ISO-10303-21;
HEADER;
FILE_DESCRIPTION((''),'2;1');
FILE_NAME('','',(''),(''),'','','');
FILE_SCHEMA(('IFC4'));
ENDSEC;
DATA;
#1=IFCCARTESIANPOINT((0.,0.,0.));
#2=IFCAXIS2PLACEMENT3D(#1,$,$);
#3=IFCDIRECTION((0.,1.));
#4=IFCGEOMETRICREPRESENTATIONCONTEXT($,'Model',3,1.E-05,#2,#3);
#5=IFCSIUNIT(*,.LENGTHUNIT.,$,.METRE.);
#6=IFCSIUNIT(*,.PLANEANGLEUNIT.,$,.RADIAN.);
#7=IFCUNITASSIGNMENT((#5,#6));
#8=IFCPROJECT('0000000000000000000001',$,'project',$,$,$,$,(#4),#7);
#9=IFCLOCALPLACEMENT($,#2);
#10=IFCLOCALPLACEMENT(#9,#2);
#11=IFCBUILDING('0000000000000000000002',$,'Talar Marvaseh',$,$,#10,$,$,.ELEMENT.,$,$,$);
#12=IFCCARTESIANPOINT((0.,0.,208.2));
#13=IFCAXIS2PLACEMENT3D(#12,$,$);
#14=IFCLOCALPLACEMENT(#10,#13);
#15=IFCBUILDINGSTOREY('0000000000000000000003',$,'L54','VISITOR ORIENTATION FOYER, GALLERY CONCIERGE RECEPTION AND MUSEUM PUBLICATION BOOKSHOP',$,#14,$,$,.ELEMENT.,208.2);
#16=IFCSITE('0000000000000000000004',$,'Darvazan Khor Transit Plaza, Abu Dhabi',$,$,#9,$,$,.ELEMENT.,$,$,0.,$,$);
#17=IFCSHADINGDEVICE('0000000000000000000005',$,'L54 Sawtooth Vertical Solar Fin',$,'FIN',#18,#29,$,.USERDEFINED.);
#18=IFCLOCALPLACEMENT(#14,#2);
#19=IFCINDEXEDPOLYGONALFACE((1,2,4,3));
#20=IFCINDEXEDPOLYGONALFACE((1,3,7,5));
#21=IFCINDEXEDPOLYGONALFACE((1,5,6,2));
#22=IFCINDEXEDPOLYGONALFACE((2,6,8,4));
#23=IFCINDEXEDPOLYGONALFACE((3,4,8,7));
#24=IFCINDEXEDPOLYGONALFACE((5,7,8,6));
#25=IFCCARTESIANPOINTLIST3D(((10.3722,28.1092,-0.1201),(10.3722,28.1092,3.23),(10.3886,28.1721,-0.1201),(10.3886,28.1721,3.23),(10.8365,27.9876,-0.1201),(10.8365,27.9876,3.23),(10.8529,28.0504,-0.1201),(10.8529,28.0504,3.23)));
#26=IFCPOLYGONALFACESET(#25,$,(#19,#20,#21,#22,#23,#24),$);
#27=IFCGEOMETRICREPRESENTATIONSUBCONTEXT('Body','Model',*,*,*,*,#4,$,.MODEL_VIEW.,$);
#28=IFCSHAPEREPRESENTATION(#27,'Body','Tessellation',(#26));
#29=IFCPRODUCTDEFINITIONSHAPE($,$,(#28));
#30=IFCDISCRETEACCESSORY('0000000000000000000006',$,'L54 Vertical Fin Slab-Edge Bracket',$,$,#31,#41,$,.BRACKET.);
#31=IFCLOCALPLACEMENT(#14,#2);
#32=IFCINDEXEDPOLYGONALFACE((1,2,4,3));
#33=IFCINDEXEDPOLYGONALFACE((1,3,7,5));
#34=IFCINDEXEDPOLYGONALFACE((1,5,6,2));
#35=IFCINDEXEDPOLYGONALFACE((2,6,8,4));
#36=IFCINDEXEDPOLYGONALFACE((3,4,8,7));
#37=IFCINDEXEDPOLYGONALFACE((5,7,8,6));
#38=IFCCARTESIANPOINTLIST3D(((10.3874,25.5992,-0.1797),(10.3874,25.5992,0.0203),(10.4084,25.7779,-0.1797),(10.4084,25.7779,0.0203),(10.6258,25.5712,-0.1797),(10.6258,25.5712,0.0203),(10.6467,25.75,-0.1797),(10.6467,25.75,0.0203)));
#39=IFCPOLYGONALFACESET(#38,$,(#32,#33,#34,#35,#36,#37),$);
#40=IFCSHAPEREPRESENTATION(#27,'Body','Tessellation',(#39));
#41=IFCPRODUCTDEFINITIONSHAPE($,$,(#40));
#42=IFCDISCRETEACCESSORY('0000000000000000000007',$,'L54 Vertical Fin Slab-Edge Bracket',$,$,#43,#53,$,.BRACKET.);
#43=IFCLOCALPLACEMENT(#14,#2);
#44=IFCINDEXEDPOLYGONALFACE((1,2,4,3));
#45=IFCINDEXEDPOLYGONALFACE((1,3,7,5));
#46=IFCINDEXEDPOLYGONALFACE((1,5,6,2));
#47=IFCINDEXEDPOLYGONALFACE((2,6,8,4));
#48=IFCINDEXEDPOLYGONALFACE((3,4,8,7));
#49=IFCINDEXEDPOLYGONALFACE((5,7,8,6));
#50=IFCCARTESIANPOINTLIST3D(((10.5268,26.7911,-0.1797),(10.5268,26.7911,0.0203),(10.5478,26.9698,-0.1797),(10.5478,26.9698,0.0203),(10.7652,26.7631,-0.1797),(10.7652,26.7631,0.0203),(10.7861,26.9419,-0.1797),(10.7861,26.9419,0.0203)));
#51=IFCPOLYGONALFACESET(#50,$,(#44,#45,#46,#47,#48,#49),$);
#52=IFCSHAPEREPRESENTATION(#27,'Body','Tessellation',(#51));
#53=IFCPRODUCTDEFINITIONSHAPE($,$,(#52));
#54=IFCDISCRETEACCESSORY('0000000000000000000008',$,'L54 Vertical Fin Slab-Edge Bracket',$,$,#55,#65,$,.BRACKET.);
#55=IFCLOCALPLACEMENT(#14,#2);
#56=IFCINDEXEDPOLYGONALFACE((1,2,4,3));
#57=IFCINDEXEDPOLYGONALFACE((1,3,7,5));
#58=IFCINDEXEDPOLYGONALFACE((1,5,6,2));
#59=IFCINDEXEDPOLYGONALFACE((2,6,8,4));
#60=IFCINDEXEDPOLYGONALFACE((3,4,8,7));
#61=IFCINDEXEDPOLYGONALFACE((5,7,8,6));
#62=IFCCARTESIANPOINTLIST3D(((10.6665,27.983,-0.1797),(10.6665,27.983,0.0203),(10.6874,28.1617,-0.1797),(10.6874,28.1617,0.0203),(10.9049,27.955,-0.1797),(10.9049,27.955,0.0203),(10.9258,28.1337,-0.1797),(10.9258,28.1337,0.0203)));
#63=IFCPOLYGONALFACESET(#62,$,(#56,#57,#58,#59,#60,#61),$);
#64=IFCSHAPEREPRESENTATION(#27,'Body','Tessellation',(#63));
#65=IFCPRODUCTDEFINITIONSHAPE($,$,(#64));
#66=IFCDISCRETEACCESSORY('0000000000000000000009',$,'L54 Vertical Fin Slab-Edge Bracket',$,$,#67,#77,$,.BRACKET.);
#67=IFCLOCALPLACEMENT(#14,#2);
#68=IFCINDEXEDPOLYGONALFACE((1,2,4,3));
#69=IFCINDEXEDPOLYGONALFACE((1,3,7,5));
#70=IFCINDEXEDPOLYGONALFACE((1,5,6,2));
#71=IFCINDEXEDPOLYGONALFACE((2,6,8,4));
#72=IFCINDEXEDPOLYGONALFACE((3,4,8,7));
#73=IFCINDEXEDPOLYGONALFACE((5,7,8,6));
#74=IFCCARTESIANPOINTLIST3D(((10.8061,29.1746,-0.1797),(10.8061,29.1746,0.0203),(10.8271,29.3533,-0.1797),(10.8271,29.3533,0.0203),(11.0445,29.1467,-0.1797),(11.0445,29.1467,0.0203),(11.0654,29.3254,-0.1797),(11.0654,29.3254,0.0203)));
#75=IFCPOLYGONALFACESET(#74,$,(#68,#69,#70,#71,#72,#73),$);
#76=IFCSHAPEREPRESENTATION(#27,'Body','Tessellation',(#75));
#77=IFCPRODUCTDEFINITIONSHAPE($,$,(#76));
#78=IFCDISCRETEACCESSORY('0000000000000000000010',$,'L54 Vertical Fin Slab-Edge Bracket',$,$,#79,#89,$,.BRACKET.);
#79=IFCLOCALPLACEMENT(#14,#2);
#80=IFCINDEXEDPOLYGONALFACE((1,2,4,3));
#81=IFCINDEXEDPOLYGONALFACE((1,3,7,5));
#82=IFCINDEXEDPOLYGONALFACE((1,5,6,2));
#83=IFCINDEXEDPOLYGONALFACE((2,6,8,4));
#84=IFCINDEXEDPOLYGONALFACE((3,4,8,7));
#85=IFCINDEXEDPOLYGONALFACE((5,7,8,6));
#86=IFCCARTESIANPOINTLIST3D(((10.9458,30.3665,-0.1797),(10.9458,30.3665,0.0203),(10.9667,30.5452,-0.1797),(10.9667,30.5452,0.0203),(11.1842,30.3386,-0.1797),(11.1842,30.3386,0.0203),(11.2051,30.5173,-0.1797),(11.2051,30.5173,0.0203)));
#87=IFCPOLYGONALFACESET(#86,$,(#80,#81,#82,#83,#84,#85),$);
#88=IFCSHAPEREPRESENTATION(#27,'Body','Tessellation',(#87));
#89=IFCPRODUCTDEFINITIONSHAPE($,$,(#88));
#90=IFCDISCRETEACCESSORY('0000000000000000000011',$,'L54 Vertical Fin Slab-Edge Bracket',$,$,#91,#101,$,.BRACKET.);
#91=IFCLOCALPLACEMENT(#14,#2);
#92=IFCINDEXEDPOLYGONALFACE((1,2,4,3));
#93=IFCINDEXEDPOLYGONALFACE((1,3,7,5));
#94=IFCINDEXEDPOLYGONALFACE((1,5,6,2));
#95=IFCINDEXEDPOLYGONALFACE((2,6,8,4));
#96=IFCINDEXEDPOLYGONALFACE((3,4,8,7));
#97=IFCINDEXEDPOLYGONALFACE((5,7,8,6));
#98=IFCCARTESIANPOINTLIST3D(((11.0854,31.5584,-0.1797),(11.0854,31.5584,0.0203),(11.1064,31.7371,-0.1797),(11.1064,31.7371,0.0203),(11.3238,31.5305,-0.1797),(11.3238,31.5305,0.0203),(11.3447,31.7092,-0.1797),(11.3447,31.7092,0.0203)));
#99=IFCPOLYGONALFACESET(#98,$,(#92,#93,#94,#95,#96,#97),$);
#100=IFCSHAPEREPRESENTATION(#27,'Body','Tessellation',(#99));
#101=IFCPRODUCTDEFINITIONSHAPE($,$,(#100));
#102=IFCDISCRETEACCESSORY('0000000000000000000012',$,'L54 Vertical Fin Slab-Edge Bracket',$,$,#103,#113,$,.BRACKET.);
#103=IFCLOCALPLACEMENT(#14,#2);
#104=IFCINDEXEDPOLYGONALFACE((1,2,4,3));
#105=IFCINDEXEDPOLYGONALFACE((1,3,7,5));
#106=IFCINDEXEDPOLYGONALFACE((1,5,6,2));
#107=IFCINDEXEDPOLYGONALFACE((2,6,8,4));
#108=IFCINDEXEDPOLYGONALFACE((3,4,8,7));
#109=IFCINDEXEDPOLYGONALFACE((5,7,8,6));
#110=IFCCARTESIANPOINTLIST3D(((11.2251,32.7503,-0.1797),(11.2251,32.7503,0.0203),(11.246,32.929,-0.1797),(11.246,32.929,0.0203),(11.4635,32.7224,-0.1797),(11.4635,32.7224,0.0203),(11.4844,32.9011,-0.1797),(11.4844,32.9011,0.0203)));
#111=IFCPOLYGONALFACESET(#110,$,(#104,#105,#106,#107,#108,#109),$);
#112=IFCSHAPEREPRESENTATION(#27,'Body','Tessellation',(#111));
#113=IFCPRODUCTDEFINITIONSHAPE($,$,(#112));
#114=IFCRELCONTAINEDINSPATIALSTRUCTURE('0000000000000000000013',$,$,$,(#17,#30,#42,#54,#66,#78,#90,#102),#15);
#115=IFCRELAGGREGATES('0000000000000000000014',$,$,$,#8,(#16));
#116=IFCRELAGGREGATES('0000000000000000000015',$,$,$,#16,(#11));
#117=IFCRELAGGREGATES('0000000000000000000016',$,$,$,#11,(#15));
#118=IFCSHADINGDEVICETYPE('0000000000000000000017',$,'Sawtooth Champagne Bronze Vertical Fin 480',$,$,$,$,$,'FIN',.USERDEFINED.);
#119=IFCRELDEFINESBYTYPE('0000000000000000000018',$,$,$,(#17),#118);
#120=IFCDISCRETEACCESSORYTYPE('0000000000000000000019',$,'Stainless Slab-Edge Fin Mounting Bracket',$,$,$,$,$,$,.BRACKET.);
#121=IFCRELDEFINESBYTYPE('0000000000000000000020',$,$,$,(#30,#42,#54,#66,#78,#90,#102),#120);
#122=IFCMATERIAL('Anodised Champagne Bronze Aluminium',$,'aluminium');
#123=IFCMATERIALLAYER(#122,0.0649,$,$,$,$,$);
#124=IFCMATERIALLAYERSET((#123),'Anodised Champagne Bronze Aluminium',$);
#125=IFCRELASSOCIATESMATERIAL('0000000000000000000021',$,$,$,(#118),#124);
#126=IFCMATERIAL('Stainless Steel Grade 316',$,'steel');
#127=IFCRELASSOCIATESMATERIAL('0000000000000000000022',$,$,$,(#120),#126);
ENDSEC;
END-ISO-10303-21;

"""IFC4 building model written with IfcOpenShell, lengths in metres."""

from ifc_helpers import new_model, si_unit, direction, frame, origin, origin_2d, place, context, subcontext, project, spatial, rectangle, extrude, source, transform, mapped, material, layer, layer_set, type_object, type_shapes, element, save


model = new_model("IFC4")

# Units and contexts
model_context = context("Model", 3, precision=1e-05, world=origin(), true_north=direction((0.0, 1.0)))
body_context = subcontext(model_context, "Body", "Model", "MODEL_VIEW")
ifc_project = project(units=[si_unit("LENGTHUNIT", "METRE"), si_unit("PLANEANGLEUNIT", "RADIAN")], contexts=[model_context])

# Site, building, storey
site_placement = place(None, origin())
site = spatial("IfcSite", under=ifc_project, at=site_placement, Name="Darvazan Khor Transit Plaza, Abu Dhabi", CompositionType="ELEMENT", RefElevation=0.0)
building_placement = place(site_placement, origin())
building = spatial("IfcBuilding", under=site, at=building_placement, Name="Talar Marvaseh", CompositionType="ELEMENT")
storey_placement = place(building_placement, frame((0.0, 0.0, 208.2)))
storey = spatial("IfcBuildingStorey", under=building, at=storey_placement, Name="L54", Description="VISITOR ORIENTATION FOYER, GALLERY CONCIERGE RECEPTION AND MUSEUM PUBLICATION BOOKSHOP", CompositionType="ELEMENT", Elevation=208.2)

# Shading device
ifc_material_1 = material(Name="Anodised Champagne Bronze Aluminium", Category="aluminium")
ifc_layer_1 = layer(ifc_material_1, 0.0649)
ifc_layer_set_1 = layer_set([ifc_layer_1], Name="Anodised Champagne Bronze Aluminium")
shading_device_type_1 = type_object("IfcShadingDeviceType", Name="Sawtooth Champagne Bronze Vertical Fin 480", ElementType="FIN", PredefinedType="USERDEFINED", material=ifc_layer_set_1)
shared_shape_1 = source(origin(), body_context, "Body", "SweptSolid", [
    extrude(rectangle(XDim=0.48, YDim=0.0649, at=origin_2d()), origin(), (0.0, 0.0, 1.0), 3.3501),
])
type_shapes(shading_device_type_1, [shared_shape_1])
for number, where, z_axis, x_axis, name in (
    (1, (10.6125, 28.0798, -0.1201), (0.0, 0.0, 1.0), (-0.967356, 0.25342, 0.0), "L54 Sawtooth Vertical Solar Fin"),
):
    element("IfcShadingDevice", number, at=place(storey_placement, frame(where, z_axis=z_axis, x_axis=x_axis)), inside=storey, type_object=shading_device_type_1, Name=name, ObjectType="FIN", PredefinedType="USERDEFINED", context=body_context, shape_type="MappedRepresentation", body=[
        mapped(shared_shape_1, transform((0.0, 0.0, 0.0), x_axis=(1.0, 0.0, 0.0), y_axis=(0.0, 1.0, 0.0), z_axis=(0.0, 0.0, 1.0), scale=1.0)),
    ])

# Discrete accessories
ifc_material_2 = material(Name="Stainless Steel Grade 316", Category="steel")
discrete_accessory_type = type_object("IfcDiscreteAccessoryType", Name="Stainless Slab-Edge Fin Mounting Bracket", PredefinedType="BRACKET", material=ifc_material_2)
shared_shape_2 = source(origin(), body_context, "Body", "SweptSolid", [
    extrude(rectangle(XDim=0.24, YDim=0.1799, at=origin_2d()), origin(), (0.0, 0.0, 1.0), 0.2),
])
type_shapes(discrete_accessory_type, [shared_shape_2])
for number, where, z_axis, x_axis, name in (
    (2, (10.5171, 25.6746, -0.1797), (0.0, 0.0, 1.0), (-0.993211, 0.116324, 0.0), "L54 Vertical Fin Slab-Edge Bracket"),
    (3, (10.6565, 26.8665, -0.1797), (0.0, 0.0, 1.0), (-0.993211, 0.116324, 0.0), "L54 Vertical Fin Slab-Edge Bracket"),
    (4, (10.7961, 28.0583, -0.1797), (0.0, 0.0, 1.0), (-0.993211, 0.116324, 0.0), "L54 Vertical Fin Slab-Edge Bracket"),
    (5, (10.9358, 29.25, -0.1797), (0.0, 0.0, 1.0), (-0.993211, 0.116324, 0.0), "L54 Vertical Fin Slab-Edge Bracket"),
    (6, (11.0754, 30.4419, -0.1797), (0.0, 0.0, 1.0), (-0.993211, 0.116324, 0.0), "L54 Vertical Fin Slab-Edge Bracket"),
    (7, (11.2151, 31.6338, -0.1797), (0.0, 0.0, 1.0), (-0.993211, 0.116324, 0.0), "L54 Vertical Fin Slab-Edge Bracket"),
    (8, (11.3547, 32.8257, -0.1797), (0.0, 0.0, 1.0), (-0.993211, 0.116324, 0.0), "L54 Vertical Fin Slab-Edge Bracket"),
):
    element("IfcDiscreteAccessory", number, at=place(storey_placement, frame(where, z_axis=z_axis, x_axis=x_axis)), inside=storey, type_object=discrete_accessory_type, Name=name, PredefinedType="BRACKET", context=body_context, shape_type="MappedRepresentation", body=[
        mapped(shared_shape_2, transform((0.0, 0.0, 0.0), x_axis=(1.0, 0.0, 0.0), y_axis=(0.0, 1.0, 0.0), z_axis=(0.0, 0.0, 1.0), scale=1.0)),
    ])

save(model, "model.ifc")
